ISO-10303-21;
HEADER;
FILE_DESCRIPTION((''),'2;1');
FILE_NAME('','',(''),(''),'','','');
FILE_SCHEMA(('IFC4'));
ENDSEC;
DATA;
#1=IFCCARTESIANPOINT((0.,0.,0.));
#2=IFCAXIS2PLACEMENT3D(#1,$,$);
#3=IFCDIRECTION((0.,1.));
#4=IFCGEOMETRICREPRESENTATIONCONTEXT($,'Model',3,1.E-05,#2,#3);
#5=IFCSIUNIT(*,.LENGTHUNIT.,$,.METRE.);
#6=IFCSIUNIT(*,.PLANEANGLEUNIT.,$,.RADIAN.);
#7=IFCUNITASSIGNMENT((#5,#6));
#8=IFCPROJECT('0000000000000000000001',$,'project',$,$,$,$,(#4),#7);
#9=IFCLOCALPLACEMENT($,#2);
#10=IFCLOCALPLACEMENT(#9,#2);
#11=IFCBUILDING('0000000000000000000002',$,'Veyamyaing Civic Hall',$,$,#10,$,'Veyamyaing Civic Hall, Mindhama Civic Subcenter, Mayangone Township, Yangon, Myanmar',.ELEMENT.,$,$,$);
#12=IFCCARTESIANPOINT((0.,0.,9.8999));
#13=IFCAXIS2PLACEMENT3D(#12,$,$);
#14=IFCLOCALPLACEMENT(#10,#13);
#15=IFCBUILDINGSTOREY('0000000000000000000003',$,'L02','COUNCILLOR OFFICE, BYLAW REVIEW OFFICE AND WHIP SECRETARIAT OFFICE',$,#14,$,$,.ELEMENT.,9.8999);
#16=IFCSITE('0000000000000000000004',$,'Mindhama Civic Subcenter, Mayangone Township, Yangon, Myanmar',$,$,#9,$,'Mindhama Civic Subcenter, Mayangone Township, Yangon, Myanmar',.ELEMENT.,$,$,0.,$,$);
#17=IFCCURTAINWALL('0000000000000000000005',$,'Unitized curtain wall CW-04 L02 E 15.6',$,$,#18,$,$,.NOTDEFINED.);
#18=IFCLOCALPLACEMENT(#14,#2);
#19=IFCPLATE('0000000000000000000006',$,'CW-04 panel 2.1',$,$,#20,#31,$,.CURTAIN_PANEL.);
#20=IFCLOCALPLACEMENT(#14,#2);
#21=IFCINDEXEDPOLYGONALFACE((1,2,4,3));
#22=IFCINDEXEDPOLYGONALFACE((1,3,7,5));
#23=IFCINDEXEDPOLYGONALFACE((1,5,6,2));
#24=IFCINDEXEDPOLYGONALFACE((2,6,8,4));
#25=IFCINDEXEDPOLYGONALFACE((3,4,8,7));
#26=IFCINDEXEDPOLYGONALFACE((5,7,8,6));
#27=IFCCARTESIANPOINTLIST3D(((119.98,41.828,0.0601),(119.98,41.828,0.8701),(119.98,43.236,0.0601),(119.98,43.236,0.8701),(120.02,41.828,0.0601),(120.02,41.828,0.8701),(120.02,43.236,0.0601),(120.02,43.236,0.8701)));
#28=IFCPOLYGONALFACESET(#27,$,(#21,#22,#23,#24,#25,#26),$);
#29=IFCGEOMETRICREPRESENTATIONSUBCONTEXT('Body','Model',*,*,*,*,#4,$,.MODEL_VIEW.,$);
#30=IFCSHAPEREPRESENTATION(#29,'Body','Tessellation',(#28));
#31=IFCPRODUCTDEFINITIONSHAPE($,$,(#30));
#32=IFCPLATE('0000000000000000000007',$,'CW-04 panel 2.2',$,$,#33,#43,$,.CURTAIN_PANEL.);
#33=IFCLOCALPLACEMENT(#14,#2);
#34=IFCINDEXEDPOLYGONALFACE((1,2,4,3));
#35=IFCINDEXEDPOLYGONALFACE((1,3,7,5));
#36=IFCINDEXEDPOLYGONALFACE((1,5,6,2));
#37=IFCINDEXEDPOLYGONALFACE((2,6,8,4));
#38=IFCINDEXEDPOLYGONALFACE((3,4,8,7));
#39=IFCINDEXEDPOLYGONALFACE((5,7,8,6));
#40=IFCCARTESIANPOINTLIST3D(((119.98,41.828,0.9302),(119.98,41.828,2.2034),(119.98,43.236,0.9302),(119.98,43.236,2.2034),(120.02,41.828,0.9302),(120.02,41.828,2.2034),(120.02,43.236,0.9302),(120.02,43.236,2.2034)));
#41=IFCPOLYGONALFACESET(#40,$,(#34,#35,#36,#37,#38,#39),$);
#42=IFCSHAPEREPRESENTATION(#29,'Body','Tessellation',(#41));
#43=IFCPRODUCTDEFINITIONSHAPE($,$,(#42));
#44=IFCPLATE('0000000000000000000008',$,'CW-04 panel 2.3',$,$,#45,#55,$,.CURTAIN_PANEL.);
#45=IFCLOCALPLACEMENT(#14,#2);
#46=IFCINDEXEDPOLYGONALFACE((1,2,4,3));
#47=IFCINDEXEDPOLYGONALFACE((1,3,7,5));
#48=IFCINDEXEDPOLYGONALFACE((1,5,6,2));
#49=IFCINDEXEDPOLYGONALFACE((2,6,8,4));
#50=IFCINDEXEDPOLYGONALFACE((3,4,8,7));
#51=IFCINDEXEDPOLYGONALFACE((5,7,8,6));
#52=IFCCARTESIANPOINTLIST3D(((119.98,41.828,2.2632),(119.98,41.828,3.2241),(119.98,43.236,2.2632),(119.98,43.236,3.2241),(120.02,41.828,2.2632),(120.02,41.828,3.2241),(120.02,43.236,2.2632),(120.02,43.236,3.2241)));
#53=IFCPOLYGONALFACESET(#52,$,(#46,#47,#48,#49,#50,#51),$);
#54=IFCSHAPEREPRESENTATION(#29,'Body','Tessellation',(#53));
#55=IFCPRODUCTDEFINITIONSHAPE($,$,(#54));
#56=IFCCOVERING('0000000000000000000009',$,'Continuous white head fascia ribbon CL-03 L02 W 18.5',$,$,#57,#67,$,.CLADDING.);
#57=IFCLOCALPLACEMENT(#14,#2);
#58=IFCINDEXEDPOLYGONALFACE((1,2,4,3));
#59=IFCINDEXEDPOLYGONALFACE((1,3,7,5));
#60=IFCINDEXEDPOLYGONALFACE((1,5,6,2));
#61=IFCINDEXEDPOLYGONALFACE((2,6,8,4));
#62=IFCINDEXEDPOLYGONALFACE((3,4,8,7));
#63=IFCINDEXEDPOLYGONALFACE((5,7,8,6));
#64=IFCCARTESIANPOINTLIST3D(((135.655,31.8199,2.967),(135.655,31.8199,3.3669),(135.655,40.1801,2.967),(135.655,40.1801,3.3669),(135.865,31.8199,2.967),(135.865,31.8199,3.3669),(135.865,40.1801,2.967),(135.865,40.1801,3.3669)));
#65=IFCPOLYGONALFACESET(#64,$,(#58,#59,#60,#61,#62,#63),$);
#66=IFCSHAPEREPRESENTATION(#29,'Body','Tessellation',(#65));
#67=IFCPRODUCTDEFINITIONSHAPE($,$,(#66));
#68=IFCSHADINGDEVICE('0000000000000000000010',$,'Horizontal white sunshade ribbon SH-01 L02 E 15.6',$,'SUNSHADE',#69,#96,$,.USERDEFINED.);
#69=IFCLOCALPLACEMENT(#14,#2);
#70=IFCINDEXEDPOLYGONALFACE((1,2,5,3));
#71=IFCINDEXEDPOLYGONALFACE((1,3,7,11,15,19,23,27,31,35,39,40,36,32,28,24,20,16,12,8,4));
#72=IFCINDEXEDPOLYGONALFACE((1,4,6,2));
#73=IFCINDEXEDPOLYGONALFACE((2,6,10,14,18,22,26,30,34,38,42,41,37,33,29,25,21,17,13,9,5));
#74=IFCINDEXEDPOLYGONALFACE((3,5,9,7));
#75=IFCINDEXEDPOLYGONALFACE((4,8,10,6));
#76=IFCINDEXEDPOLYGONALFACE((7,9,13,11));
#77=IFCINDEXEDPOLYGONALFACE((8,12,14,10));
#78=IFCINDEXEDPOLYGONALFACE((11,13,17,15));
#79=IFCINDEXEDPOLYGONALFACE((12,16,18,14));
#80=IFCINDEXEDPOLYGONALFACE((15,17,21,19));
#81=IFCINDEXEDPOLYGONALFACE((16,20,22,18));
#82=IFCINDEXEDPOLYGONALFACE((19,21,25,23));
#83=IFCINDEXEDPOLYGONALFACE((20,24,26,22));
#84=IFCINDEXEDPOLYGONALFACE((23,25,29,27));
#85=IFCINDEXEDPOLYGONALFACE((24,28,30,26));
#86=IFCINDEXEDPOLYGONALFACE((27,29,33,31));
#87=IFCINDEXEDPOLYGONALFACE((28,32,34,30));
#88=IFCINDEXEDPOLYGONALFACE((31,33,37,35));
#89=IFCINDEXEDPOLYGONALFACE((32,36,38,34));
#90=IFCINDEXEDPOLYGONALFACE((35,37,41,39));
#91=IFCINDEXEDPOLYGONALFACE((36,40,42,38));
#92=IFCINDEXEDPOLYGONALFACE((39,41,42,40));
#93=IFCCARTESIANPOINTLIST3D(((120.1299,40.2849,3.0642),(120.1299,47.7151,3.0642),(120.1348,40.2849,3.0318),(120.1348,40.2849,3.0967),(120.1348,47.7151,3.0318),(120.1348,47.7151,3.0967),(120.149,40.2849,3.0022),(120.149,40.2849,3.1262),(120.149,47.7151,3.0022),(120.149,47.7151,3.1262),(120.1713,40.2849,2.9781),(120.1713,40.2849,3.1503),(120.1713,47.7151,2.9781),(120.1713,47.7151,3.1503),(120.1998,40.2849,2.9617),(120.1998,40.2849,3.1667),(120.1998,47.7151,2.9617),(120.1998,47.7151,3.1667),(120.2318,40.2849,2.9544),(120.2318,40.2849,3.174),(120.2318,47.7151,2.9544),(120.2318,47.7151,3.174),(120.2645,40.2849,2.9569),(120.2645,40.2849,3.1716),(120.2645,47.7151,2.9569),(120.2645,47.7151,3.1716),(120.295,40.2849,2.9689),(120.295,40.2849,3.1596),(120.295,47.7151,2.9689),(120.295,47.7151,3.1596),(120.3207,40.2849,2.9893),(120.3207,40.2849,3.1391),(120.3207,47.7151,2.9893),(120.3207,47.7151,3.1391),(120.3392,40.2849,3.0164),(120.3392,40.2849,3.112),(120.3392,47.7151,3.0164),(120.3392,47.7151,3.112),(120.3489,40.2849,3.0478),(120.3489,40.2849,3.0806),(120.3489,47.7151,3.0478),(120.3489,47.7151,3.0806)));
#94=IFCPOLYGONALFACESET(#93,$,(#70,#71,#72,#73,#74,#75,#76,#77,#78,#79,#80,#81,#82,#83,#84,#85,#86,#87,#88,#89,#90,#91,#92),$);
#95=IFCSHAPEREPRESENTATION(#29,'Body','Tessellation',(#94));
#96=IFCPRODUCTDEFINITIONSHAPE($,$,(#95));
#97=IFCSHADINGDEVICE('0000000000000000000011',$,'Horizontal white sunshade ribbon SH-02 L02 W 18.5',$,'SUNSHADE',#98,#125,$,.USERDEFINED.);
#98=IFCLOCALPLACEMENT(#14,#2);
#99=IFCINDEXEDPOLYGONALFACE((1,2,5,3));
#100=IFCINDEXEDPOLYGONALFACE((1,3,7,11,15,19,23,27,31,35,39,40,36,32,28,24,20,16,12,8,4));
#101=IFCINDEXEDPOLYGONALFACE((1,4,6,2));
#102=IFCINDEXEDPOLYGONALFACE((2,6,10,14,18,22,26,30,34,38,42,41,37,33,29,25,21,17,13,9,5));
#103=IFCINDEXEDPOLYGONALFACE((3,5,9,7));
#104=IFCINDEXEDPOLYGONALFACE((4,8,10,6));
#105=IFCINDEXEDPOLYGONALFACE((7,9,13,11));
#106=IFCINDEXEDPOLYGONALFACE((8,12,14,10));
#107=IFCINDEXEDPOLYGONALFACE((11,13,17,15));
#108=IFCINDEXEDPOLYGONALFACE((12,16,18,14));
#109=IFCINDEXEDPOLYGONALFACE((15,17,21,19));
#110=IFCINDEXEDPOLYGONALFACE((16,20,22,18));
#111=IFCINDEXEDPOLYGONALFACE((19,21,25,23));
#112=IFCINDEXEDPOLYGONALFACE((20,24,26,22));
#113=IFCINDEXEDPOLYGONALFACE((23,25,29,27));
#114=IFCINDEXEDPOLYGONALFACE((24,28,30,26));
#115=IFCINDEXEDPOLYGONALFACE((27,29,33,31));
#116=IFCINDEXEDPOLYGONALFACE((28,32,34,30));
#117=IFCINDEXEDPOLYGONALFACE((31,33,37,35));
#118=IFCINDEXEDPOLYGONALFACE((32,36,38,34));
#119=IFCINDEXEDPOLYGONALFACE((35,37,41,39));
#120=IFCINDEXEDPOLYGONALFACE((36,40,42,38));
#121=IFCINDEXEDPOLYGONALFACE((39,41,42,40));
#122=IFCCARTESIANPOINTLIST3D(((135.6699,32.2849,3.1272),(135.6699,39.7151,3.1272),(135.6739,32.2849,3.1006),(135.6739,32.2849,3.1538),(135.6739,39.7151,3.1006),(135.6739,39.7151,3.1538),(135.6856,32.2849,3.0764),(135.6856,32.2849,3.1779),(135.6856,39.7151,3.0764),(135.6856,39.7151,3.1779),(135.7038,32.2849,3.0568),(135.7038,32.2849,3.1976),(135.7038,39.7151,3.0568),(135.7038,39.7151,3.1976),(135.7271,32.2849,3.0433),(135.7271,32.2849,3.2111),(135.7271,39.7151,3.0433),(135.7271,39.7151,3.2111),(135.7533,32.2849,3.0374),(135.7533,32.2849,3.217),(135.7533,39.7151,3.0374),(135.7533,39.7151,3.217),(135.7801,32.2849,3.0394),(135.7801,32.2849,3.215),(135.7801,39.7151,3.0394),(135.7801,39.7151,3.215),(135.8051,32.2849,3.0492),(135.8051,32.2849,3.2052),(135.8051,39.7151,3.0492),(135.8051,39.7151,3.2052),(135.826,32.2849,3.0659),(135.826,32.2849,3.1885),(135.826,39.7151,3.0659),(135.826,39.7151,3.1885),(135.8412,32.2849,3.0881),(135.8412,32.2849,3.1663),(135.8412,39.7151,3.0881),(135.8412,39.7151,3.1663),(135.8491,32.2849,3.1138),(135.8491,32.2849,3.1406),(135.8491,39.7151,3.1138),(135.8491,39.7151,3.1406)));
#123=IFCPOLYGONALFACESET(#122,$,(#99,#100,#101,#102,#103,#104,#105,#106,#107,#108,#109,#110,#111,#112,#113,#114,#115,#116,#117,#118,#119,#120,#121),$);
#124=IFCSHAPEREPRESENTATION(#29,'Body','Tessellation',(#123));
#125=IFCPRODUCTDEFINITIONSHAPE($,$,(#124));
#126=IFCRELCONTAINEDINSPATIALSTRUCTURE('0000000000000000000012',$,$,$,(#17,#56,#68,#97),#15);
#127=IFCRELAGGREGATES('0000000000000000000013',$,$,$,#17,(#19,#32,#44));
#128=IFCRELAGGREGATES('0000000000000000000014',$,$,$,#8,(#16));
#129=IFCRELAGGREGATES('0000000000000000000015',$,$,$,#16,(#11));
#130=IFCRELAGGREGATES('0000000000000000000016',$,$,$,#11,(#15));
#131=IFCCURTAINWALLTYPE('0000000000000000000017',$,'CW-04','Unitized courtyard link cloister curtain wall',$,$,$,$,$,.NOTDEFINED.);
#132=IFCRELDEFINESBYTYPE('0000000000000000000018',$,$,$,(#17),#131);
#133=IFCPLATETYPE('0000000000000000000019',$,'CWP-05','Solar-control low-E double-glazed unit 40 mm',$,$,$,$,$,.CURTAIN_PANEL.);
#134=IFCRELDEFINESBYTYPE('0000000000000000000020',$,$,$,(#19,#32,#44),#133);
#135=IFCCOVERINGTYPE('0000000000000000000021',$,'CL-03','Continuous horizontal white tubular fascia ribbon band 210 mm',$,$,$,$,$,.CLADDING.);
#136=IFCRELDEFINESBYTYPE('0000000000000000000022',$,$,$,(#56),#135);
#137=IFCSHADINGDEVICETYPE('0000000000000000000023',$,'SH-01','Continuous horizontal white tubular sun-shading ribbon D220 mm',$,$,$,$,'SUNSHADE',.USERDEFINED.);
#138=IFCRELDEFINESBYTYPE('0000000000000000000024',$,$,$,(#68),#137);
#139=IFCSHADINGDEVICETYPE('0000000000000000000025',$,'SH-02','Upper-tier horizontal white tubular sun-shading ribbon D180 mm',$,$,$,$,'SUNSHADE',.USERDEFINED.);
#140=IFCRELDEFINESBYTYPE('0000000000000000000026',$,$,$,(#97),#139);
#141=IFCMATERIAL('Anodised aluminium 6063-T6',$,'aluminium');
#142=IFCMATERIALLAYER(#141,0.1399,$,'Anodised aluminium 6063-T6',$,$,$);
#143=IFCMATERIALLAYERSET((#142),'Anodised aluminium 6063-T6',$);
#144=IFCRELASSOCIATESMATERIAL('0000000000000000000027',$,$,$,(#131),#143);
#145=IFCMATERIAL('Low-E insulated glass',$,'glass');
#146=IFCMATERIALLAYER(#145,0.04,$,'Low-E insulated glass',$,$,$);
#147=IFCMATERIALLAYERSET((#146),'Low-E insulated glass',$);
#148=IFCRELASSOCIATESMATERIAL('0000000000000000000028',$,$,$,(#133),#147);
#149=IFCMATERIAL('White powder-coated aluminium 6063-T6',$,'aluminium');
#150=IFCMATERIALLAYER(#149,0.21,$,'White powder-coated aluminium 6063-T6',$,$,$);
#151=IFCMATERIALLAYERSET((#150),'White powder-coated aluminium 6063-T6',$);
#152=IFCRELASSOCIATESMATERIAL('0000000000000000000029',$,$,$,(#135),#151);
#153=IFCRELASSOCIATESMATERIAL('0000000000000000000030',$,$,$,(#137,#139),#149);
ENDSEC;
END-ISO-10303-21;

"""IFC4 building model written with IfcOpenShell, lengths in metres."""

from ifc_helpers import new_model, si_unit, direction, frame, origin, origin_2d, place, context, subcontext, project, spatial, rectangle, circle, extrude, material, layer, layer_set, material_profile, profile_set, type_object, element, aggregate, save


model = new_model("IFC4")

# Units and contexts
model_context = context("Model", 3, precision=1e-05, world=origin(), true_north=direction((0.0, 1.0)))
body_context = subcontext(model_context, "Body", "Model", "MODEL_VIEW")
ifc_project = project(units=[si_unit("LENGTHUNIT", "METRE"), si_unit("PLANEANGLEUNIT", "RADIAN")], contexts=[model_context])

# Site, building, storey
site_placement = place(None, origin())
site = spatial("IfcSite", under=ifc_project, at=site_placement, Name="Mindhama Civic Subcenter, Mayangone Township, Yangon, Myanmar", LongName="Mindhama Civic Subcenter, Mayangone Township, Yangon, Myanmar", CompositionType="ELEMENT", RefElevation=0.0)
building_placement = place(site_placement, origin())
building = spatial("IfcBuilding", under=site, at=building_placement, Name="Veyamyaing Civic Hall", LongName="Veyamyaing Civic Hall, Mindhama Civic Subcenter, Mayangone Township, Yangon, Myanmar", CompositionType="ELEMENT")
storey_placement = place(building_placement, frame((0.0, 0.0, 9.8999)))
storey = spatial("IfcBuildingStorey", under=building, at=storey_placement, Name="L02", Description="COUNCILLOR OFFICE, BYLAW REVIEW OFFICE AND WHIP SECRETARIAT OFFICE", CompositionType="ELEMENT", Elevation=9.8999)

# Curtain wall, plates
ifc_material_1 = material(Name="Anodised aluminium 6063-T6", Category="aluminium")
ifc_layer_1 = layer(ifc_material_1, 0.1399, Name="Anodised aluminium 6063-T6")
ifc_layer_set_1 = layer_set([ifc_layer_1], Name="Anodised aluminium 6063-T6")
curtain_wall_type = type_object("IfcCurtainWallType", Name="CW-04", Description="Unitized courtyard link cloister curtain wall", PredefinedType="NOTDEFINED", material=ifc_layer_set_1)
curtain_wall_placement = place(storey_placement, origin())
curtain_wall = element("IfcCurtainWall", 1, at=curtain_wall_placement, inside=storey, type_object=curtain_wall_type, Name="Unitized curtain wall CW-04 L02 E 15.6", PredefinedType="NOTDEFINED")
ifc_material_2 = material(Name="Low-E insulated glass", Category="glass")
ifc_layer_2 = layer(ifc_material_2, 0.04, Name="Low-E insulated glass")
ifc_layer_set_2 = layer_set([ifc_layer_2], Name="Low-E insulated glass")
plate_type = type_object("IfcPlateType", Name="CWP-05", Description="Solar-control low-E double-glazed unit 40 mm", PredefinedType="CURTAIN_PANEL", material=ifc_layer_set_2)
plate_1_placement = place(storey_placement, frame((120.0, 42.532, 0.0601), z_axis=(0.0, 0.0, 1.0), x_axis=(0.0, 1.0, 0.0)))
plate_1 = element("IfcPlate", 2, at=plate_1_placement, type_object=plate_type, Name="CW-04 panel 2.1", PredefinedType="CURTAIN_PANEL", context=body_context, shape_type="SweptSolid", body=[
    extrude(rectangle(XDim=1.408, YDim=0.04, at=origin_2d()), origin(), (0.0, 0.0, 1.0), 0.8101),
])
plate_2_placement = place(storey_placement, frame((120.0, 42.532, 0.9302), z_axis=(0.0, 0.0, 1.0), x_axis=(0.0, 1.0, 0.0)))
plate_2 = element("IfcPlate", 3, at=plate_2_placement, type_object=plate_type, Name="CW-04 panel 2.2", PredefinedType="CURTAIN_PANEL", context=body_context, shape_type="SweptSolid", body=[
    extrude(rectangle(XDim=1.408, YDim=0.04, at=origin_2d()), origin(), (0.0, 0.0, 1.0), 1.2732),
])
plate_3_placement = place(storey_placement, frame((120.0, 42.532, 2.2632), z_axis=(0.0, 0.0, 1.0), x_axis=(0.0, 1.0, 0.0)))
plate_3 = element("IfcPlate", 4, at=plate_3_placement, type_object=plate_type, Name="CW-04 panel 2.3", PredefinedType="CURTAIN_PANEL", context=body_context, shape_type="SweptSolid", body=[
    extrude(rectangle(XDim=1.408, YDim=0.04, at=origin_2d()), origin(), (0.0, 0.0, 1.0), 0.9609),
])
aggregate(curtain_wall, [plate_1, plate_2, plate_3])

# Covering
ifc_material_3 = material(Name="White powder-coated aluminium 6063-T6", Category="aluminium")
ifc_layer_3 = layer(ifc_material_3, 0.21, Name="White powder-coated aluminium 6063-T6")
ifc_layer_set_3 = layer_set([ifc_layer_3], Name="White powder-coated aluminium 6063-T6")
covering_type = type_object("IfcCoveringType", Name="CL-03", Description="Continuous horizontal white tubular fascia ribbon band 210 mm", PredefinedType="CLADDING", material=ifc_layer_set_3)
covering_placement = place(storey_placement, frame((135.76, 36.0, 2.967), z_axis=(0.0, 0.0, 1.0), x_axis=(0.0, 1.0, 0.0)))
element("IfcCovering", 5, at=covering_placement, inside=storey, type_object=covering_type, Name="Continuous white head fascia ribbon CL-03 L02 W 18.5", PredefinedType="CLADDING", context=body_context, shape_type="SweptSolid", body=[
    extrude(rectangle(XDim=8.3601, YDim=0.21, at=origin_2d()), origin(), (0.0, 0.0, 1.0), 0.3999),
])

# Shading devices
ifc_material_profile_1 = material_profile(ifc_material_3, circle(Radius=0.1101, at=origin_2d()), Name="SHADE-TUBE-220")
ifc_profile_set_1 = profile_set([ifc_material_profile_1], Name="White powder-coated aluminium 6063-T6")
shading_device_type_1 = type_object("IfcShadingDeviceType", Name="SH-01", Description="Continuous horizontal white tubular sun-shading ribbon D220 mm", ElementType="SUNSHADE", PredefinedType="USERDEFINED", material=ifc_profile_set_1)
shading_device_1_placement = place(storey_placement, frame((120.24, 40.2849, 3.0642), z_axis=(0.0, 1.0, 0.0), x_axis=(-1.0, 0.0, 0.0)))
element("IfcShadingDevice", 6, at=shading_device_1_placement, inside=storey, type_object=shading_device_type_1, Name="Horizontal white sunshade ribbon SH-01 L02 E 15.6", ObjectType="SUNSHADE", PredefinedType="USERDEFINED", context=body_context, shape_type="SweptSolid", body=[
    extrude(circle(Radius=0.1101, at=origin_2d()), origin(), (0.0, 0.0, 1.0), 7.4302),
])
ifc_material_profile_2 = material_profile(ifc_material_3, circle(Radius=0.0901, at=origin_2d()), Name="SHADE-TUBE-180")
ifc_profile_set_2 = profile_set([ifc_material_profile_2], Name="White powder-coated aluminium 6063-T6")
shading_device_type_2 = type_object("IfcShadingDeviceType", Name="SH-02", Description="Upper-tier horizontal white tubular sun-shading ribbon D180 mm", ElementType="SUNSHADE", PredefinedType="USERDEFINED", material=ifc_profile_set_2)
shading_device_2_placement = place(storey_placement, frame((135.76, 32.2849, 3.1272), z_axis=(0.0, 1.0, 0.0), x_axis=(-1.0, 0.0, 0.0)))
element("IfcShadingDevice", 7, at=shading_device_2_placement, inside=storey, type_object=shading_device_type_2, Name="Horizontal white sunshade ribbon SH-02 L02 W 18.5", ObjectType="SUNSHADE", PredefinedType="USERDEFINED", context=body_context, shape_type="SweptSolid", body=[
    extrude(circle(Radius=0.0901, at=origin_2d()), origin(), (0.0, 0.0, 1.0), 7.4302),
])

save(model, "model.ifc")
